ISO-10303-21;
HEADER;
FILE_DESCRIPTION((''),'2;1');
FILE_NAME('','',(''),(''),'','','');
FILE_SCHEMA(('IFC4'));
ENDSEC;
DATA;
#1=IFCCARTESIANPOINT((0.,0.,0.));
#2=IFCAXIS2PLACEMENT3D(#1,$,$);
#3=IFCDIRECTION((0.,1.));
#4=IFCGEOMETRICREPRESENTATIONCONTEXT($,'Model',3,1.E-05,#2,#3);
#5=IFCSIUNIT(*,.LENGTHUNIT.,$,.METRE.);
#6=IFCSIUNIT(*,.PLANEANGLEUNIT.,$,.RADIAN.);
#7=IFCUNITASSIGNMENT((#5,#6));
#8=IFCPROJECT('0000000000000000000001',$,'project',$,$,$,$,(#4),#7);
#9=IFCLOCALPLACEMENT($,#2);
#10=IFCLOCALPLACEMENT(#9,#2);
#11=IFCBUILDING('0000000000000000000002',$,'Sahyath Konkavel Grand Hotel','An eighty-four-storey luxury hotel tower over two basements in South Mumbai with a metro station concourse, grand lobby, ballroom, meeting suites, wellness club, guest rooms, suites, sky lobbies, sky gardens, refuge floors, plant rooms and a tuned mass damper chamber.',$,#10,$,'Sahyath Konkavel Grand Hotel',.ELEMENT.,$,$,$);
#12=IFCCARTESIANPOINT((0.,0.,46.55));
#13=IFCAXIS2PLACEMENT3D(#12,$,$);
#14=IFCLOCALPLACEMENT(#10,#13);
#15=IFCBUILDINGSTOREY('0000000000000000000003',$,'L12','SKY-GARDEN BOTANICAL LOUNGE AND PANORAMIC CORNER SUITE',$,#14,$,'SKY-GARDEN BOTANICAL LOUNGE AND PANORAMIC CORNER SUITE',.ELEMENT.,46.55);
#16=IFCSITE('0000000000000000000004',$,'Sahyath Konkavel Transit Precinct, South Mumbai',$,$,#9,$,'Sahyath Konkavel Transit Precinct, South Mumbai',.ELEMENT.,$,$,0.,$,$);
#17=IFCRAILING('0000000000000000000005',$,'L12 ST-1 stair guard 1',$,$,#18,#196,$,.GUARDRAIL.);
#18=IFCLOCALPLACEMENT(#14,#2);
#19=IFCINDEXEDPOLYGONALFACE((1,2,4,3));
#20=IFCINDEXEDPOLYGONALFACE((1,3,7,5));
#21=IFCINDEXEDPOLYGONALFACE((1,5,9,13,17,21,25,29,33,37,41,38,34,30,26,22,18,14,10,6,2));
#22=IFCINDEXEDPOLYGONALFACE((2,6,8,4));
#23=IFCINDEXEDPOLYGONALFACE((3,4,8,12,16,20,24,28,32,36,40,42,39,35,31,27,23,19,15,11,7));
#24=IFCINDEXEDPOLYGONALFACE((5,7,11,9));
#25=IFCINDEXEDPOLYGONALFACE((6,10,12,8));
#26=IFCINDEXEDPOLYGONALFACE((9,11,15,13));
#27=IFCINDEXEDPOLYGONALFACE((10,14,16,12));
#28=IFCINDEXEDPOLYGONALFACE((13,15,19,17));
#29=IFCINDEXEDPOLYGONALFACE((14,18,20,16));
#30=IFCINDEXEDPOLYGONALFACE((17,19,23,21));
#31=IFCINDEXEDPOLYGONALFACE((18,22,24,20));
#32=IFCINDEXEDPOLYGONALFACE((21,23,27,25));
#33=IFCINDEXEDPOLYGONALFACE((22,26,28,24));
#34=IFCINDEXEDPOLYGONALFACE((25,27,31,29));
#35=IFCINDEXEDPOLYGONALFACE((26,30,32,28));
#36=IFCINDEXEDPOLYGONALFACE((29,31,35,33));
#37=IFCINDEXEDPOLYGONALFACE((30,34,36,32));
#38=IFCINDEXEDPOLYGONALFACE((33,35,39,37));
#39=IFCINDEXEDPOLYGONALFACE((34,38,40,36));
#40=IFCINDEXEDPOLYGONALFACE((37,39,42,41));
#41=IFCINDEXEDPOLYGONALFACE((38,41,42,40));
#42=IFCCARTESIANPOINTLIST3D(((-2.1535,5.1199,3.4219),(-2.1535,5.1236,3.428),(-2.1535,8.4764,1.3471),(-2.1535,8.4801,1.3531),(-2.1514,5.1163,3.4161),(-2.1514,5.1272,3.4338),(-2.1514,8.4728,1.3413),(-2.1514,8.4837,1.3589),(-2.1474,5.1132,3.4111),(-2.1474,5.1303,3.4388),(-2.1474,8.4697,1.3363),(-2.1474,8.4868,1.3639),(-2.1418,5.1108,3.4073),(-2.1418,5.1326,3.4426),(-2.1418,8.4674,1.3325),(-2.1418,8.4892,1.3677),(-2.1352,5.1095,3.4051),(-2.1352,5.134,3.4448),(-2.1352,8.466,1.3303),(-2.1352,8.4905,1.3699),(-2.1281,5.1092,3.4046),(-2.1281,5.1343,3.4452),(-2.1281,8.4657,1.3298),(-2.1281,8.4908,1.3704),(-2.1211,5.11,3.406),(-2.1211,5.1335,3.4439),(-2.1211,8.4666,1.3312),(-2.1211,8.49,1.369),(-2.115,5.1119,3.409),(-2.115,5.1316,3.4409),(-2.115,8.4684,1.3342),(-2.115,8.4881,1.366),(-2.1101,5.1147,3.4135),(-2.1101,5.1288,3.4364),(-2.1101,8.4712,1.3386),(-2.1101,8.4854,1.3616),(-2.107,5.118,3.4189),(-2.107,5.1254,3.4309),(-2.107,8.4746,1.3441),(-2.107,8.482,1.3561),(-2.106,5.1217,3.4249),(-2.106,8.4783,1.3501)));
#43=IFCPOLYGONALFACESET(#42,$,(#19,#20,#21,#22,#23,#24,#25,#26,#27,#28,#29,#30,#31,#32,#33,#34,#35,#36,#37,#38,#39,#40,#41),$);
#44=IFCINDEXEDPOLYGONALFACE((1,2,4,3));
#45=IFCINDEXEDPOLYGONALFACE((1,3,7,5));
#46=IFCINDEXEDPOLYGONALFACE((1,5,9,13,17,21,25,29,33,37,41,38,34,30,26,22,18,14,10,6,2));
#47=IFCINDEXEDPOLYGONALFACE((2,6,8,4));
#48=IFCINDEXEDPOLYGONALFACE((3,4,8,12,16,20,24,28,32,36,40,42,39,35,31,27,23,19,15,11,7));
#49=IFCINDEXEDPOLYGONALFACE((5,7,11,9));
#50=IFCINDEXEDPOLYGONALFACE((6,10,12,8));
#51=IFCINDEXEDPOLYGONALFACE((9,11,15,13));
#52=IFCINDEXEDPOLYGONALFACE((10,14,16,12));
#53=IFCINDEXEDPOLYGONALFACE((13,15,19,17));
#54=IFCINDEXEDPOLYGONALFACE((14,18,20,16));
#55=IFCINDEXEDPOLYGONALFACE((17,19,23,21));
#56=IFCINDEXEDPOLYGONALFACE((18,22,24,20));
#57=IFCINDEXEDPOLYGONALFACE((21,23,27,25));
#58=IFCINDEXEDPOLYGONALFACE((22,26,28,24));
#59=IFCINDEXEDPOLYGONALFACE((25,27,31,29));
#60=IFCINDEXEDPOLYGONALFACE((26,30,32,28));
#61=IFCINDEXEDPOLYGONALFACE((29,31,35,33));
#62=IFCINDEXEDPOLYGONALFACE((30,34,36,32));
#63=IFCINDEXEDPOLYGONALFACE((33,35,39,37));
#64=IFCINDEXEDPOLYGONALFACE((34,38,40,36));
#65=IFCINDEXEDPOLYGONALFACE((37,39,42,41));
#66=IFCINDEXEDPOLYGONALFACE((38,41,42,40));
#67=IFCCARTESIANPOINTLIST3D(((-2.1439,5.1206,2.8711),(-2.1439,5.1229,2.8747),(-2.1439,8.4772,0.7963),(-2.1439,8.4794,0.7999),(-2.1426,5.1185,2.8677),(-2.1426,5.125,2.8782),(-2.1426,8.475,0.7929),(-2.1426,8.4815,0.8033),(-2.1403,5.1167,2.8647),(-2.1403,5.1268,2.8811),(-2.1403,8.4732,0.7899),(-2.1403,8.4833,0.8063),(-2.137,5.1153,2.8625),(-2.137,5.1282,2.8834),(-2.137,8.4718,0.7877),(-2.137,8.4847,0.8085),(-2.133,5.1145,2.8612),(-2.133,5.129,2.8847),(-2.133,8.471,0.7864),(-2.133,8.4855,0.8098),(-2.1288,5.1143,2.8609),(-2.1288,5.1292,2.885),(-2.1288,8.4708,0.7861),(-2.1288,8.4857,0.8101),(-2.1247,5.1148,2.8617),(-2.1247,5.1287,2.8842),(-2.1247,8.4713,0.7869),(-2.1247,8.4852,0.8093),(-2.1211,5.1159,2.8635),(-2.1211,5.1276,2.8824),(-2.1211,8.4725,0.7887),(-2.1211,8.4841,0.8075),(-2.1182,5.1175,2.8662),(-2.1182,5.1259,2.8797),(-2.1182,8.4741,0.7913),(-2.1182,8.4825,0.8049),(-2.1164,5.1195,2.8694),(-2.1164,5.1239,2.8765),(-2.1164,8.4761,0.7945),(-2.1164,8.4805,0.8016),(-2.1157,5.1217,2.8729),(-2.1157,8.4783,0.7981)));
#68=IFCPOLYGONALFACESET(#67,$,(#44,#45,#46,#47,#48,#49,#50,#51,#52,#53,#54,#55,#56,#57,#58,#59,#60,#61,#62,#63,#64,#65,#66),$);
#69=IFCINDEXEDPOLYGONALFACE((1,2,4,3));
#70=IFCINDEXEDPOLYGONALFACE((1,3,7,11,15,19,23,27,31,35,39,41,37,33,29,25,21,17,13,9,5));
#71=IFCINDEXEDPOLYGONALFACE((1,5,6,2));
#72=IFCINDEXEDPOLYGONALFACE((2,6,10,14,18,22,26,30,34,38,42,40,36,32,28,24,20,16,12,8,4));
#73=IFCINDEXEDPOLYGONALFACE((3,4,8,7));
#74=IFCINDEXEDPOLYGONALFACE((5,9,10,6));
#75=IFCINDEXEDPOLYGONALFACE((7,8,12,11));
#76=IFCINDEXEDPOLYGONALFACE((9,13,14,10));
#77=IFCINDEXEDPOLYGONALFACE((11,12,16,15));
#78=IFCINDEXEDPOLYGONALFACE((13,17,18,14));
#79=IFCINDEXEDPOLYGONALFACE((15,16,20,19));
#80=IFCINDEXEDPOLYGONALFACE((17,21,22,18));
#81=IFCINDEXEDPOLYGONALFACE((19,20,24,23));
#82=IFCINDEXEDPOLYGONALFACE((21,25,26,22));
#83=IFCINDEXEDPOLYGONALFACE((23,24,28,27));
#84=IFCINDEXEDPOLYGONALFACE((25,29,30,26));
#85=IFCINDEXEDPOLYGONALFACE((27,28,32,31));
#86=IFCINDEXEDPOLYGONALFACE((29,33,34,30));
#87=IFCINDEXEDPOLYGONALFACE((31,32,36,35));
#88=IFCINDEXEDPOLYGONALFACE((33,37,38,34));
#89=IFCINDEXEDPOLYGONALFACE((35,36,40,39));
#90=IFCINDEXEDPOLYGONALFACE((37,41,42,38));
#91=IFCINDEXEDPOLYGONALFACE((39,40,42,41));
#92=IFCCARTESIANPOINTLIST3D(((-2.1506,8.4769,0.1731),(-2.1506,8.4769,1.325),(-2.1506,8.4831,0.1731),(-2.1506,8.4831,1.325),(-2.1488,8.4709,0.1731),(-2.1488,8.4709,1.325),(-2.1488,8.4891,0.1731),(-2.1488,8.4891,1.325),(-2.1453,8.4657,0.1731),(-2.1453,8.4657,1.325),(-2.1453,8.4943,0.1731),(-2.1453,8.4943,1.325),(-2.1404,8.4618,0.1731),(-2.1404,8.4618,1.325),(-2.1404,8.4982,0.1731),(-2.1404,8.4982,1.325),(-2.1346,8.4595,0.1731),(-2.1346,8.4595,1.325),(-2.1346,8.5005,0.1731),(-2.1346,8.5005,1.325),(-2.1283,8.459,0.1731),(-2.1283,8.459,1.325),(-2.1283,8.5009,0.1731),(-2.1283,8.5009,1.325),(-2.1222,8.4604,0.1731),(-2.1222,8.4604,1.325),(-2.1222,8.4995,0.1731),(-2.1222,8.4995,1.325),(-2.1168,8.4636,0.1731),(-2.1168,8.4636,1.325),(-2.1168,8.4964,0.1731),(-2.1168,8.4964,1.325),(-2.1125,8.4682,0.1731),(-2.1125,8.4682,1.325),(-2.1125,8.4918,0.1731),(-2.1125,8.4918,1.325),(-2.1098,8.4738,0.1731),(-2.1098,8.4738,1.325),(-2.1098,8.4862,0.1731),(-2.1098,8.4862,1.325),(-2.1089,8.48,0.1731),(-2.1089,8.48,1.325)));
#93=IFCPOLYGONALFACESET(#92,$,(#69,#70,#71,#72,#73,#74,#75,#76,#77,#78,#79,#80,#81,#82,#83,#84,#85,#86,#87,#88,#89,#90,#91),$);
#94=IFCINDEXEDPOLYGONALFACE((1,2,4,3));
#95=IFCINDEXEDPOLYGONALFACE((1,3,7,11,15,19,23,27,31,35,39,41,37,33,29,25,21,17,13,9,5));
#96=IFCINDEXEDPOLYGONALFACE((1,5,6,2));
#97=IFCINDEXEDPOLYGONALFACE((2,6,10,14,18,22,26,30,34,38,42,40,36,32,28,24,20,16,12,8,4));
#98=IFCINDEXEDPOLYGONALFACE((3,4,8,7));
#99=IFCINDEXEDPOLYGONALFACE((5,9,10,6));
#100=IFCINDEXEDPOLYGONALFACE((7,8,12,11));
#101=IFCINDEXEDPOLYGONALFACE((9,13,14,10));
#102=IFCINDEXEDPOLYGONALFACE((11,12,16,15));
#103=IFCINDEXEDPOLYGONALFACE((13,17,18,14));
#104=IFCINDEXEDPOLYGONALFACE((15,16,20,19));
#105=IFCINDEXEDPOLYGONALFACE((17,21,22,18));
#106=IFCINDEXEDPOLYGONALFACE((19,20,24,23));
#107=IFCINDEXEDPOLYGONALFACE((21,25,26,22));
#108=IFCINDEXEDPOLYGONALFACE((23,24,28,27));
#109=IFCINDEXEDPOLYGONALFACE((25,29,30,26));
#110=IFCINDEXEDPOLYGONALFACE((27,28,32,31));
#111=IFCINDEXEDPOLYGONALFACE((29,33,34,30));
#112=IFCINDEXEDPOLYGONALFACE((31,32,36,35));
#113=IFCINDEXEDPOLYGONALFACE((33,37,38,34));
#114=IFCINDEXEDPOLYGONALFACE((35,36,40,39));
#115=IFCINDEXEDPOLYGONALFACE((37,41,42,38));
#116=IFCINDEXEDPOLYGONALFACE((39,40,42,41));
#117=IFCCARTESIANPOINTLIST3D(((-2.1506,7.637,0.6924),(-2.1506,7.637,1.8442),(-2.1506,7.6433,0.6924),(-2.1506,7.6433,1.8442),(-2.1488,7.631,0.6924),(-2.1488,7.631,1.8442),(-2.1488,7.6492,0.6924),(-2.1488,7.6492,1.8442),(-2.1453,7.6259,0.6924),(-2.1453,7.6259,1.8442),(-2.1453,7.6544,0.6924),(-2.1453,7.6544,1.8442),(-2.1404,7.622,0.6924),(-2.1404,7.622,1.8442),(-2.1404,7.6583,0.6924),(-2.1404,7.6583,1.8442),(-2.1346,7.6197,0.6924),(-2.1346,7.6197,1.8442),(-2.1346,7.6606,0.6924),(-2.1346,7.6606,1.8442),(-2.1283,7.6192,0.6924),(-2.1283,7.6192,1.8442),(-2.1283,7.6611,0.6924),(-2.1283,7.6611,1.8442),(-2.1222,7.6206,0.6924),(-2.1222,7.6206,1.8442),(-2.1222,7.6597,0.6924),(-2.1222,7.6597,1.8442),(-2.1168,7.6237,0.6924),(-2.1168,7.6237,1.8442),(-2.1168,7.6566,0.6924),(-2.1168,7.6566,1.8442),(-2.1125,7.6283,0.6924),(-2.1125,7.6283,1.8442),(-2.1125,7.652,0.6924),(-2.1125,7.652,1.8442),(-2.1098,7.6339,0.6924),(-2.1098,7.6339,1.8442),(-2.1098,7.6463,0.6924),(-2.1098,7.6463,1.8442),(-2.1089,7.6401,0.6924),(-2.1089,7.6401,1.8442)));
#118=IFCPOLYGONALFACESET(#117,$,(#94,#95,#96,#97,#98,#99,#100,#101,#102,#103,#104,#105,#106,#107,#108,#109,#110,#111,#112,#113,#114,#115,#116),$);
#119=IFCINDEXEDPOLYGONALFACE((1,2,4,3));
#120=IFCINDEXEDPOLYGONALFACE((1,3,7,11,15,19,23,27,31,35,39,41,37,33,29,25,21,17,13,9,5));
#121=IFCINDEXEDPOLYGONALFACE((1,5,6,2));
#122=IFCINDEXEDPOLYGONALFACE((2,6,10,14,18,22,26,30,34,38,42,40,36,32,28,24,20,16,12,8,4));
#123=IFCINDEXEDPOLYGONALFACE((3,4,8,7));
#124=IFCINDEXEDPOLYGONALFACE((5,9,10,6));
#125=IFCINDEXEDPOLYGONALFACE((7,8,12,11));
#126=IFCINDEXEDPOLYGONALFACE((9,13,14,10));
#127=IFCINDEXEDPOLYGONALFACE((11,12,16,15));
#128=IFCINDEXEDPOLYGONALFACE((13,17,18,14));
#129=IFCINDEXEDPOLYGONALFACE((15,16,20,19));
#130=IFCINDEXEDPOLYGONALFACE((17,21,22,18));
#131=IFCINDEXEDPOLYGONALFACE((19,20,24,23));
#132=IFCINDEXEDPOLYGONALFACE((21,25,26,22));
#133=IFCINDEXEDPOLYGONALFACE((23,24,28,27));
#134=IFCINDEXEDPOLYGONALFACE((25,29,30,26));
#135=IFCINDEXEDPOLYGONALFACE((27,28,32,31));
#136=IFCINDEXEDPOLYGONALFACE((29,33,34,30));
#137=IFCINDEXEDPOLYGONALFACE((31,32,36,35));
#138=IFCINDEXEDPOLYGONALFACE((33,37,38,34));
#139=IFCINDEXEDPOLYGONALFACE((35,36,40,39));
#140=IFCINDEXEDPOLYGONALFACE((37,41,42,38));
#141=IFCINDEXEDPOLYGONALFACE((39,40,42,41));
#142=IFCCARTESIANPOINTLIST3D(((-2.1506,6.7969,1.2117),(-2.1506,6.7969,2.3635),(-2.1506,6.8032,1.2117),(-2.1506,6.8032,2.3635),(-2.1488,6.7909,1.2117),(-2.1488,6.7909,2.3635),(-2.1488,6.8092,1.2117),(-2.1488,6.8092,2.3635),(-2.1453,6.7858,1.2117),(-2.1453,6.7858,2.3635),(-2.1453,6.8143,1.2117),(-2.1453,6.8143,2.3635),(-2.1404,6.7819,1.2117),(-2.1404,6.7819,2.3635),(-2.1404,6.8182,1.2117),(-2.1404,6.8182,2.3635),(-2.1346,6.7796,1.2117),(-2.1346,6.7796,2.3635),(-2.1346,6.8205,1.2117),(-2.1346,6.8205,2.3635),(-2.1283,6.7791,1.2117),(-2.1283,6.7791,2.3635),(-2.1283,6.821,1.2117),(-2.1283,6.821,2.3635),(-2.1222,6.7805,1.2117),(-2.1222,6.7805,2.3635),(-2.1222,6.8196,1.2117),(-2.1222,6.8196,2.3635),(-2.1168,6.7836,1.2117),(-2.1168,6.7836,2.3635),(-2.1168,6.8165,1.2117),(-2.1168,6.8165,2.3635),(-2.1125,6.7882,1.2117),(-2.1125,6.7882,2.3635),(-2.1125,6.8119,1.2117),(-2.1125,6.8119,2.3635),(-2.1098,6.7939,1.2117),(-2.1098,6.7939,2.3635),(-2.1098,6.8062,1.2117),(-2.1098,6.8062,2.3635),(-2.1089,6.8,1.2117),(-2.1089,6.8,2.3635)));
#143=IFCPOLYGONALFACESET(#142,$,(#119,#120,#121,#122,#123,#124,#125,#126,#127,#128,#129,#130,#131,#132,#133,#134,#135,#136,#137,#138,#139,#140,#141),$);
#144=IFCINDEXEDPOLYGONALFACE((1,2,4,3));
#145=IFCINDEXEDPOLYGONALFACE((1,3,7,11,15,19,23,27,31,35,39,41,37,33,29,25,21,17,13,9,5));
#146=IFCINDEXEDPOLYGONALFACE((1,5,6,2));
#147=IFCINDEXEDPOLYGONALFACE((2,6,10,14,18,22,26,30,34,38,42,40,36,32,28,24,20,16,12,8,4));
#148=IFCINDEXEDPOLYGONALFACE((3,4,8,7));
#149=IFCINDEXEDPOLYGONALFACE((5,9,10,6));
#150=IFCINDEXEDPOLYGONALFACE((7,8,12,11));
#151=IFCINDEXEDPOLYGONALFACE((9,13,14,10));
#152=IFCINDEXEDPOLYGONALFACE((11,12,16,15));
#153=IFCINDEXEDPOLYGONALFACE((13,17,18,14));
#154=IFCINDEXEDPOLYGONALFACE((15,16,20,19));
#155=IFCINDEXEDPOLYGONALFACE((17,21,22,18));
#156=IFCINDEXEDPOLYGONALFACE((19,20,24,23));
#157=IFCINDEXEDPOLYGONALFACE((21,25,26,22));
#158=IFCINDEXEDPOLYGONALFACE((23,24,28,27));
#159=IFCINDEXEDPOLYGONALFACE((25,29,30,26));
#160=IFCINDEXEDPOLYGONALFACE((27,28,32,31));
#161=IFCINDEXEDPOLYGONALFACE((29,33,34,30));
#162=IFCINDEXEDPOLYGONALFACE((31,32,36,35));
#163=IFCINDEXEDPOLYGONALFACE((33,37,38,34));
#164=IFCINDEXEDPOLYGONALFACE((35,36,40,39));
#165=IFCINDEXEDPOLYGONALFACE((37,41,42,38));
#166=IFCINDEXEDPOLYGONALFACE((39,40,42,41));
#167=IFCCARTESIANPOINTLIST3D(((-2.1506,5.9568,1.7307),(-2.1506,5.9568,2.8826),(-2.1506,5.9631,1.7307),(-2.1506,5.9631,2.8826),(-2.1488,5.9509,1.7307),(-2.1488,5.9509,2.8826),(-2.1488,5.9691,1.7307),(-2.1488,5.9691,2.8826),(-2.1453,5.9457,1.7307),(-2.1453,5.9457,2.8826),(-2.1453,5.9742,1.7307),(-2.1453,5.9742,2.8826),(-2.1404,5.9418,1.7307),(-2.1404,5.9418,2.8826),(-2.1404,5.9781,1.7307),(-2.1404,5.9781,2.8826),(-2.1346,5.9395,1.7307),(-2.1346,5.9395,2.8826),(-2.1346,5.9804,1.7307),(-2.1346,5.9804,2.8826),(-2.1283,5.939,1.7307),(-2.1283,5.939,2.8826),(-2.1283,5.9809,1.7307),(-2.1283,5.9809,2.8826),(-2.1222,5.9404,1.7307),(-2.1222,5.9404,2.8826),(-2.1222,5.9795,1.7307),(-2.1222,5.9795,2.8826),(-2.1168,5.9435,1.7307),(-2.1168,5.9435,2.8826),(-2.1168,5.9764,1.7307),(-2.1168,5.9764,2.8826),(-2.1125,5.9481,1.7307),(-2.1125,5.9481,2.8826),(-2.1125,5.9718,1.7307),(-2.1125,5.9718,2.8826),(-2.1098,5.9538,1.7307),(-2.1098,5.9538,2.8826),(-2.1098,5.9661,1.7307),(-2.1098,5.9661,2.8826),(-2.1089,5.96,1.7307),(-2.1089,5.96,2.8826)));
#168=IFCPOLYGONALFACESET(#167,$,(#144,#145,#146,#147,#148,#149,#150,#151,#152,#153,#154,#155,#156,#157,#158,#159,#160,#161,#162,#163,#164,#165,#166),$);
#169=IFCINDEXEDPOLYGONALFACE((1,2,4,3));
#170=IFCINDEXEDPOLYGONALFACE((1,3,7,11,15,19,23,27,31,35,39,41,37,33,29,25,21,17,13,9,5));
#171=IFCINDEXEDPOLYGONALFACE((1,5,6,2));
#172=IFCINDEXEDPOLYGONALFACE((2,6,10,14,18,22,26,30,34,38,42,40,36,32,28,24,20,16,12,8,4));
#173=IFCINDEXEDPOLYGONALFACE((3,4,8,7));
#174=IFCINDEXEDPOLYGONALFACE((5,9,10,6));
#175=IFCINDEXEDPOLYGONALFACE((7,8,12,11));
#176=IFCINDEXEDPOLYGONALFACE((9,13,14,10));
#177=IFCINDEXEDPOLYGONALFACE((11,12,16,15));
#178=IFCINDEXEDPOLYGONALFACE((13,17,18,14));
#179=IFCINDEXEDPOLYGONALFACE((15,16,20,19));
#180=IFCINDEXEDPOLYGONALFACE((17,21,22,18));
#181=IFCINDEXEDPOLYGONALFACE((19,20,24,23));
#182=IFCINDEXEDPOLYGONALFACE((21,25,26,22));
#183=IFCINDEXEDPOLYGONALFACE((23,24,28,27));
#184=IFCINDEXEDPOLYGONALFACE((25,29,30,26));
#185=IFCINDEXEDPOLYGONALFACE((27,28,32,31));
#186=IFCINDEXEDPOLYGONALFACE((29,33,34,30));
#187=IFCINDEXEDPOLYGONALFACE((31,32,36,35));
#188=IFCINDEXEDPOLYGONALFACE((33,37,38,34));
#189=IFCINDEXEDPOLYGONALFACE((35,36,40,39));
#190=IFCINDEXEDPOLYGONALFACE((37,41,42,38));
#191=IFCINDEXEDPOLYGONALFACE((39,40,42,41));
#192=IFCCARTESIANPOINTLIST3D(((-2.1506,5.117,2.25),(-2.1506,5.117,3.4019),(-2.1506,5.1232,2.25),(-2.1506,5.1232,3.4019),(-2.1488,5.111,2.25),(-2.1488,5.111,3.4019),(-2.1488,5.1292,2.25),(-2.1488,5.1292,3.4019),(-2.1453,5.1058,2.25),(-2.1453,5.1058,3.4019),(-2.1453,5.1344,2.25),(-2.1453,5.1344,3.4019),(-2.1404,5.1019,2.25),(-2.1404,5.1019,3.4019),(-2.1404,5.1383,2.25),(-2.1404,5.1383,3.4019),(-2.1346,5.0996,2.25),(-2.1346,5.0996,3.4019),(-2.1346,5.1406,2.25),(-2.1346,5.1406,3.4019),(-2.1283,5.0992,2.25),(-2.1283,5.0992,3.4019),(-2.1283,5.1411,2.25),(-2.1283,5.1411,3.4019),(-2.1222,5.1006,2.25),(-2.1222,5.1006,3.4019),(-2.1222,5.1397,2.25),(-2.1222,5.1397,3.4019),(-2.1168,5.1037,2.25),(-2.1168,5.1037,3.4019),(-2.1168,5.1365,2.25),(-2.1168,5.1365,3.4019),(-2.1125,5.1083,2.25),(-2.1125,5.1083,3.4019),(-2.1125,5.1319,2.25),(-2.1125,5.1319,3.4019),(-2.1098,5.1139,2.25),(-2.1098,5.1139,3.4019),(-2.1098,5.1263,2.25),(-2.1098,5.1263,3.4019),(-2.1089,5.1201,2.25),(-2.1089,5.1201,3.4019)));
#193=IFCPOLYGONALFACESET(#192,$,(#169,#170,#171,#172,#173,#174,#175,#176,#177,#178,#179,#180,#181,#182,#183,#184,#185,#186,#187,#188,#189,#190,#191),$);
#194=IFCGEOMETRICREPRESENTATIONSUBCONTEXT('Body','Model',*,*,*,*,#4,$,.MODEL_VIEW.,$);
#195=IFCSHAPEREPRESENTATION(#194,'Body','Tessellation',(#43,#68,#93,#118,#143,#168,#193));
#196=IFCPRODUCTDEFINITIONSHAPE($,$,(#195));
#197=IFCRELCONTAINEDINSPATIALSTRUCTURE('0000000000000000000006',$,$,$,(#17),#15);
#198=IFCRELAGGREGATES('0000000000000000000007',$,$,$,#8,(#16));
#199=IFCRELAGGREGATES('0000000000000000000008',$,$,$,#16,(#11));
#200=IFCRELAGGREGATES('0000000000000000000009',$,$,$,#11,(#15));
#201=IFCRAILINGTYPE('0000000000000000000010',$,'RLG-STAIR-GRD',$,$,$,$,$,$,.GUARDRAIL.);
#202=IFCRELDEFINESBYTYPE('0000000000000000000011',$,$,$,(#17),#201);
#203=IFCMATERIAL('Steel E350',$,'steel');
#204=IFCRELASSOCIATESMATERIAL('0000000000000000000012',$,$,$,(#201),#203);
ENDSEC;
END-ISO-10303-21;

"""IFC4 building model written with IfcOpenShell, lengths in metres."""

from ifc_helpers import new_model, si_unit, direction, frame, origin, origin_2d, place, context, subcontext, project, spatial, circle, extrude, material, type_object, element, save


model = new_model("IFC4")

# Units and contexts
model_context = context("Model", 3, precision=1e-05, world=origin(), true_north=direction((0.0, 1.0)))
body_context = subcontext(model_context, "Body", "Model", "MODEL_VIEW")
ifc_project = project(units=[si_unit("LENGTHUNIT", "METRE"), si_unit("PLANEANGLEUNIT", "RADIAN")], contexts=[model_context])

# Site, building, storey
site_placement = place(None, origin())
site = spatial("IfcSite", under=ifc_project, at=site_placement, Name="Sahyath Konkavel Transit Precinct, South Mumbai", LongName="Sahyath Konkavel Transit Precinct, South Mumbai", CompositionType="ELEMENT", RefElevation=0.0)
building_placement = place(site_placement, origin())
building = spatial("IfcBuilding", under=site, at=building_placement, Name="Sahyath Konkavel Grand Hotel", Description="An eighty-four-storey luxury hotel tower over two basements in South Mumbai with a metro station concourse, grand lobby, ballroom, meeting suites, wellness club, guest rooms, suites, sky lobbies, sky gardens, refuge floors, plant rooms and a tuned mass damper chamber.", LongName="Sahyath Konkavel Grand Hotel", CompositionType="ELEMENT")
storey_placement = place(building_placement, frame((0.0, 0.0, 46.55)))
storey = spatial("IfcBuildingStorey", under=building, at=storey_placement, Name="L12", Description="SKY-GARDEN BOTANICAL LOUNGE AND PANORAMIC CORNER SUITE", LongName="SKY-GARDEN BOTANICAL LOUNGE AND PANORAMIC CORNER SUITE", CompositionType="ELEMENT", Elevation=46.55)

# Shared definitions
ifc_material_1 = material(Name="Steel E350", Category="steel")

# Railing
railing_type_1 = type_object("IfcRailingType", Name="RLG-STAIR-GRD", PredefinedType="GUARDRAIL", material=ifc_material_1)
railing_1_placement = place(storey_placement, frame((-2.1299, 8.48, 0.1731)))
element("IfcRailing", 1, at=railing_1_placement, inside=storey, type_object=railing_type_1, Name="L12 ST-1 stair guard 1", PredefinedType="GUARDRAIL", context=body_context, shape_type="SweptSolid", body=[
    extrude(circle(Radius=0.0239, at=origin_2d()), frame((0.0, -0.0017, 1.177), z_axis=(0.0, -0.850606, 0.525803), x_axis=(1.0, 0.0, 0.0)), (0.0, 0.0, 1.0), 3.946),
    extrude(circle(Radius=0.0142, at=origin_2d()), frame((0.0, -0.0017, 0.625), z_axis=(0.0, -0.850606, 0.525803), x_axis=(1.0, 0.0, 0.0)), (0.0, 0.0, 1.0), 3.946),
    extrude(circle(Radius=0.021, at=origin_2d()), origin(), (0.0, 0.0, 1.0), 1.1519),
    extrude(circle(Radius=0.021, at=origin_2d()), frame((0.0, -0.8398, 0.5193)), (0.0, 0.0, 1.0), 1.1519),
    extrude(circle(Radius=0.021, at=origin_2d()), frame((0.0, -1.6799, 1.0386)), (0.0, 0.0, 1.0), 1.1519),
    extrude(circle(Radius=0.021, at=origin_2d()), frame((0.0, -2.52, 1.5576)), (0.0, 0.0, 1.0), 1.1519),
    extrude(circle(Radius=0.021, at=origin_2d()), frame((0.0, -3.3599, 2.0769)), (0.0, 0.0, 1.0), 1.1519),
])

save(model, "model.ifc")
